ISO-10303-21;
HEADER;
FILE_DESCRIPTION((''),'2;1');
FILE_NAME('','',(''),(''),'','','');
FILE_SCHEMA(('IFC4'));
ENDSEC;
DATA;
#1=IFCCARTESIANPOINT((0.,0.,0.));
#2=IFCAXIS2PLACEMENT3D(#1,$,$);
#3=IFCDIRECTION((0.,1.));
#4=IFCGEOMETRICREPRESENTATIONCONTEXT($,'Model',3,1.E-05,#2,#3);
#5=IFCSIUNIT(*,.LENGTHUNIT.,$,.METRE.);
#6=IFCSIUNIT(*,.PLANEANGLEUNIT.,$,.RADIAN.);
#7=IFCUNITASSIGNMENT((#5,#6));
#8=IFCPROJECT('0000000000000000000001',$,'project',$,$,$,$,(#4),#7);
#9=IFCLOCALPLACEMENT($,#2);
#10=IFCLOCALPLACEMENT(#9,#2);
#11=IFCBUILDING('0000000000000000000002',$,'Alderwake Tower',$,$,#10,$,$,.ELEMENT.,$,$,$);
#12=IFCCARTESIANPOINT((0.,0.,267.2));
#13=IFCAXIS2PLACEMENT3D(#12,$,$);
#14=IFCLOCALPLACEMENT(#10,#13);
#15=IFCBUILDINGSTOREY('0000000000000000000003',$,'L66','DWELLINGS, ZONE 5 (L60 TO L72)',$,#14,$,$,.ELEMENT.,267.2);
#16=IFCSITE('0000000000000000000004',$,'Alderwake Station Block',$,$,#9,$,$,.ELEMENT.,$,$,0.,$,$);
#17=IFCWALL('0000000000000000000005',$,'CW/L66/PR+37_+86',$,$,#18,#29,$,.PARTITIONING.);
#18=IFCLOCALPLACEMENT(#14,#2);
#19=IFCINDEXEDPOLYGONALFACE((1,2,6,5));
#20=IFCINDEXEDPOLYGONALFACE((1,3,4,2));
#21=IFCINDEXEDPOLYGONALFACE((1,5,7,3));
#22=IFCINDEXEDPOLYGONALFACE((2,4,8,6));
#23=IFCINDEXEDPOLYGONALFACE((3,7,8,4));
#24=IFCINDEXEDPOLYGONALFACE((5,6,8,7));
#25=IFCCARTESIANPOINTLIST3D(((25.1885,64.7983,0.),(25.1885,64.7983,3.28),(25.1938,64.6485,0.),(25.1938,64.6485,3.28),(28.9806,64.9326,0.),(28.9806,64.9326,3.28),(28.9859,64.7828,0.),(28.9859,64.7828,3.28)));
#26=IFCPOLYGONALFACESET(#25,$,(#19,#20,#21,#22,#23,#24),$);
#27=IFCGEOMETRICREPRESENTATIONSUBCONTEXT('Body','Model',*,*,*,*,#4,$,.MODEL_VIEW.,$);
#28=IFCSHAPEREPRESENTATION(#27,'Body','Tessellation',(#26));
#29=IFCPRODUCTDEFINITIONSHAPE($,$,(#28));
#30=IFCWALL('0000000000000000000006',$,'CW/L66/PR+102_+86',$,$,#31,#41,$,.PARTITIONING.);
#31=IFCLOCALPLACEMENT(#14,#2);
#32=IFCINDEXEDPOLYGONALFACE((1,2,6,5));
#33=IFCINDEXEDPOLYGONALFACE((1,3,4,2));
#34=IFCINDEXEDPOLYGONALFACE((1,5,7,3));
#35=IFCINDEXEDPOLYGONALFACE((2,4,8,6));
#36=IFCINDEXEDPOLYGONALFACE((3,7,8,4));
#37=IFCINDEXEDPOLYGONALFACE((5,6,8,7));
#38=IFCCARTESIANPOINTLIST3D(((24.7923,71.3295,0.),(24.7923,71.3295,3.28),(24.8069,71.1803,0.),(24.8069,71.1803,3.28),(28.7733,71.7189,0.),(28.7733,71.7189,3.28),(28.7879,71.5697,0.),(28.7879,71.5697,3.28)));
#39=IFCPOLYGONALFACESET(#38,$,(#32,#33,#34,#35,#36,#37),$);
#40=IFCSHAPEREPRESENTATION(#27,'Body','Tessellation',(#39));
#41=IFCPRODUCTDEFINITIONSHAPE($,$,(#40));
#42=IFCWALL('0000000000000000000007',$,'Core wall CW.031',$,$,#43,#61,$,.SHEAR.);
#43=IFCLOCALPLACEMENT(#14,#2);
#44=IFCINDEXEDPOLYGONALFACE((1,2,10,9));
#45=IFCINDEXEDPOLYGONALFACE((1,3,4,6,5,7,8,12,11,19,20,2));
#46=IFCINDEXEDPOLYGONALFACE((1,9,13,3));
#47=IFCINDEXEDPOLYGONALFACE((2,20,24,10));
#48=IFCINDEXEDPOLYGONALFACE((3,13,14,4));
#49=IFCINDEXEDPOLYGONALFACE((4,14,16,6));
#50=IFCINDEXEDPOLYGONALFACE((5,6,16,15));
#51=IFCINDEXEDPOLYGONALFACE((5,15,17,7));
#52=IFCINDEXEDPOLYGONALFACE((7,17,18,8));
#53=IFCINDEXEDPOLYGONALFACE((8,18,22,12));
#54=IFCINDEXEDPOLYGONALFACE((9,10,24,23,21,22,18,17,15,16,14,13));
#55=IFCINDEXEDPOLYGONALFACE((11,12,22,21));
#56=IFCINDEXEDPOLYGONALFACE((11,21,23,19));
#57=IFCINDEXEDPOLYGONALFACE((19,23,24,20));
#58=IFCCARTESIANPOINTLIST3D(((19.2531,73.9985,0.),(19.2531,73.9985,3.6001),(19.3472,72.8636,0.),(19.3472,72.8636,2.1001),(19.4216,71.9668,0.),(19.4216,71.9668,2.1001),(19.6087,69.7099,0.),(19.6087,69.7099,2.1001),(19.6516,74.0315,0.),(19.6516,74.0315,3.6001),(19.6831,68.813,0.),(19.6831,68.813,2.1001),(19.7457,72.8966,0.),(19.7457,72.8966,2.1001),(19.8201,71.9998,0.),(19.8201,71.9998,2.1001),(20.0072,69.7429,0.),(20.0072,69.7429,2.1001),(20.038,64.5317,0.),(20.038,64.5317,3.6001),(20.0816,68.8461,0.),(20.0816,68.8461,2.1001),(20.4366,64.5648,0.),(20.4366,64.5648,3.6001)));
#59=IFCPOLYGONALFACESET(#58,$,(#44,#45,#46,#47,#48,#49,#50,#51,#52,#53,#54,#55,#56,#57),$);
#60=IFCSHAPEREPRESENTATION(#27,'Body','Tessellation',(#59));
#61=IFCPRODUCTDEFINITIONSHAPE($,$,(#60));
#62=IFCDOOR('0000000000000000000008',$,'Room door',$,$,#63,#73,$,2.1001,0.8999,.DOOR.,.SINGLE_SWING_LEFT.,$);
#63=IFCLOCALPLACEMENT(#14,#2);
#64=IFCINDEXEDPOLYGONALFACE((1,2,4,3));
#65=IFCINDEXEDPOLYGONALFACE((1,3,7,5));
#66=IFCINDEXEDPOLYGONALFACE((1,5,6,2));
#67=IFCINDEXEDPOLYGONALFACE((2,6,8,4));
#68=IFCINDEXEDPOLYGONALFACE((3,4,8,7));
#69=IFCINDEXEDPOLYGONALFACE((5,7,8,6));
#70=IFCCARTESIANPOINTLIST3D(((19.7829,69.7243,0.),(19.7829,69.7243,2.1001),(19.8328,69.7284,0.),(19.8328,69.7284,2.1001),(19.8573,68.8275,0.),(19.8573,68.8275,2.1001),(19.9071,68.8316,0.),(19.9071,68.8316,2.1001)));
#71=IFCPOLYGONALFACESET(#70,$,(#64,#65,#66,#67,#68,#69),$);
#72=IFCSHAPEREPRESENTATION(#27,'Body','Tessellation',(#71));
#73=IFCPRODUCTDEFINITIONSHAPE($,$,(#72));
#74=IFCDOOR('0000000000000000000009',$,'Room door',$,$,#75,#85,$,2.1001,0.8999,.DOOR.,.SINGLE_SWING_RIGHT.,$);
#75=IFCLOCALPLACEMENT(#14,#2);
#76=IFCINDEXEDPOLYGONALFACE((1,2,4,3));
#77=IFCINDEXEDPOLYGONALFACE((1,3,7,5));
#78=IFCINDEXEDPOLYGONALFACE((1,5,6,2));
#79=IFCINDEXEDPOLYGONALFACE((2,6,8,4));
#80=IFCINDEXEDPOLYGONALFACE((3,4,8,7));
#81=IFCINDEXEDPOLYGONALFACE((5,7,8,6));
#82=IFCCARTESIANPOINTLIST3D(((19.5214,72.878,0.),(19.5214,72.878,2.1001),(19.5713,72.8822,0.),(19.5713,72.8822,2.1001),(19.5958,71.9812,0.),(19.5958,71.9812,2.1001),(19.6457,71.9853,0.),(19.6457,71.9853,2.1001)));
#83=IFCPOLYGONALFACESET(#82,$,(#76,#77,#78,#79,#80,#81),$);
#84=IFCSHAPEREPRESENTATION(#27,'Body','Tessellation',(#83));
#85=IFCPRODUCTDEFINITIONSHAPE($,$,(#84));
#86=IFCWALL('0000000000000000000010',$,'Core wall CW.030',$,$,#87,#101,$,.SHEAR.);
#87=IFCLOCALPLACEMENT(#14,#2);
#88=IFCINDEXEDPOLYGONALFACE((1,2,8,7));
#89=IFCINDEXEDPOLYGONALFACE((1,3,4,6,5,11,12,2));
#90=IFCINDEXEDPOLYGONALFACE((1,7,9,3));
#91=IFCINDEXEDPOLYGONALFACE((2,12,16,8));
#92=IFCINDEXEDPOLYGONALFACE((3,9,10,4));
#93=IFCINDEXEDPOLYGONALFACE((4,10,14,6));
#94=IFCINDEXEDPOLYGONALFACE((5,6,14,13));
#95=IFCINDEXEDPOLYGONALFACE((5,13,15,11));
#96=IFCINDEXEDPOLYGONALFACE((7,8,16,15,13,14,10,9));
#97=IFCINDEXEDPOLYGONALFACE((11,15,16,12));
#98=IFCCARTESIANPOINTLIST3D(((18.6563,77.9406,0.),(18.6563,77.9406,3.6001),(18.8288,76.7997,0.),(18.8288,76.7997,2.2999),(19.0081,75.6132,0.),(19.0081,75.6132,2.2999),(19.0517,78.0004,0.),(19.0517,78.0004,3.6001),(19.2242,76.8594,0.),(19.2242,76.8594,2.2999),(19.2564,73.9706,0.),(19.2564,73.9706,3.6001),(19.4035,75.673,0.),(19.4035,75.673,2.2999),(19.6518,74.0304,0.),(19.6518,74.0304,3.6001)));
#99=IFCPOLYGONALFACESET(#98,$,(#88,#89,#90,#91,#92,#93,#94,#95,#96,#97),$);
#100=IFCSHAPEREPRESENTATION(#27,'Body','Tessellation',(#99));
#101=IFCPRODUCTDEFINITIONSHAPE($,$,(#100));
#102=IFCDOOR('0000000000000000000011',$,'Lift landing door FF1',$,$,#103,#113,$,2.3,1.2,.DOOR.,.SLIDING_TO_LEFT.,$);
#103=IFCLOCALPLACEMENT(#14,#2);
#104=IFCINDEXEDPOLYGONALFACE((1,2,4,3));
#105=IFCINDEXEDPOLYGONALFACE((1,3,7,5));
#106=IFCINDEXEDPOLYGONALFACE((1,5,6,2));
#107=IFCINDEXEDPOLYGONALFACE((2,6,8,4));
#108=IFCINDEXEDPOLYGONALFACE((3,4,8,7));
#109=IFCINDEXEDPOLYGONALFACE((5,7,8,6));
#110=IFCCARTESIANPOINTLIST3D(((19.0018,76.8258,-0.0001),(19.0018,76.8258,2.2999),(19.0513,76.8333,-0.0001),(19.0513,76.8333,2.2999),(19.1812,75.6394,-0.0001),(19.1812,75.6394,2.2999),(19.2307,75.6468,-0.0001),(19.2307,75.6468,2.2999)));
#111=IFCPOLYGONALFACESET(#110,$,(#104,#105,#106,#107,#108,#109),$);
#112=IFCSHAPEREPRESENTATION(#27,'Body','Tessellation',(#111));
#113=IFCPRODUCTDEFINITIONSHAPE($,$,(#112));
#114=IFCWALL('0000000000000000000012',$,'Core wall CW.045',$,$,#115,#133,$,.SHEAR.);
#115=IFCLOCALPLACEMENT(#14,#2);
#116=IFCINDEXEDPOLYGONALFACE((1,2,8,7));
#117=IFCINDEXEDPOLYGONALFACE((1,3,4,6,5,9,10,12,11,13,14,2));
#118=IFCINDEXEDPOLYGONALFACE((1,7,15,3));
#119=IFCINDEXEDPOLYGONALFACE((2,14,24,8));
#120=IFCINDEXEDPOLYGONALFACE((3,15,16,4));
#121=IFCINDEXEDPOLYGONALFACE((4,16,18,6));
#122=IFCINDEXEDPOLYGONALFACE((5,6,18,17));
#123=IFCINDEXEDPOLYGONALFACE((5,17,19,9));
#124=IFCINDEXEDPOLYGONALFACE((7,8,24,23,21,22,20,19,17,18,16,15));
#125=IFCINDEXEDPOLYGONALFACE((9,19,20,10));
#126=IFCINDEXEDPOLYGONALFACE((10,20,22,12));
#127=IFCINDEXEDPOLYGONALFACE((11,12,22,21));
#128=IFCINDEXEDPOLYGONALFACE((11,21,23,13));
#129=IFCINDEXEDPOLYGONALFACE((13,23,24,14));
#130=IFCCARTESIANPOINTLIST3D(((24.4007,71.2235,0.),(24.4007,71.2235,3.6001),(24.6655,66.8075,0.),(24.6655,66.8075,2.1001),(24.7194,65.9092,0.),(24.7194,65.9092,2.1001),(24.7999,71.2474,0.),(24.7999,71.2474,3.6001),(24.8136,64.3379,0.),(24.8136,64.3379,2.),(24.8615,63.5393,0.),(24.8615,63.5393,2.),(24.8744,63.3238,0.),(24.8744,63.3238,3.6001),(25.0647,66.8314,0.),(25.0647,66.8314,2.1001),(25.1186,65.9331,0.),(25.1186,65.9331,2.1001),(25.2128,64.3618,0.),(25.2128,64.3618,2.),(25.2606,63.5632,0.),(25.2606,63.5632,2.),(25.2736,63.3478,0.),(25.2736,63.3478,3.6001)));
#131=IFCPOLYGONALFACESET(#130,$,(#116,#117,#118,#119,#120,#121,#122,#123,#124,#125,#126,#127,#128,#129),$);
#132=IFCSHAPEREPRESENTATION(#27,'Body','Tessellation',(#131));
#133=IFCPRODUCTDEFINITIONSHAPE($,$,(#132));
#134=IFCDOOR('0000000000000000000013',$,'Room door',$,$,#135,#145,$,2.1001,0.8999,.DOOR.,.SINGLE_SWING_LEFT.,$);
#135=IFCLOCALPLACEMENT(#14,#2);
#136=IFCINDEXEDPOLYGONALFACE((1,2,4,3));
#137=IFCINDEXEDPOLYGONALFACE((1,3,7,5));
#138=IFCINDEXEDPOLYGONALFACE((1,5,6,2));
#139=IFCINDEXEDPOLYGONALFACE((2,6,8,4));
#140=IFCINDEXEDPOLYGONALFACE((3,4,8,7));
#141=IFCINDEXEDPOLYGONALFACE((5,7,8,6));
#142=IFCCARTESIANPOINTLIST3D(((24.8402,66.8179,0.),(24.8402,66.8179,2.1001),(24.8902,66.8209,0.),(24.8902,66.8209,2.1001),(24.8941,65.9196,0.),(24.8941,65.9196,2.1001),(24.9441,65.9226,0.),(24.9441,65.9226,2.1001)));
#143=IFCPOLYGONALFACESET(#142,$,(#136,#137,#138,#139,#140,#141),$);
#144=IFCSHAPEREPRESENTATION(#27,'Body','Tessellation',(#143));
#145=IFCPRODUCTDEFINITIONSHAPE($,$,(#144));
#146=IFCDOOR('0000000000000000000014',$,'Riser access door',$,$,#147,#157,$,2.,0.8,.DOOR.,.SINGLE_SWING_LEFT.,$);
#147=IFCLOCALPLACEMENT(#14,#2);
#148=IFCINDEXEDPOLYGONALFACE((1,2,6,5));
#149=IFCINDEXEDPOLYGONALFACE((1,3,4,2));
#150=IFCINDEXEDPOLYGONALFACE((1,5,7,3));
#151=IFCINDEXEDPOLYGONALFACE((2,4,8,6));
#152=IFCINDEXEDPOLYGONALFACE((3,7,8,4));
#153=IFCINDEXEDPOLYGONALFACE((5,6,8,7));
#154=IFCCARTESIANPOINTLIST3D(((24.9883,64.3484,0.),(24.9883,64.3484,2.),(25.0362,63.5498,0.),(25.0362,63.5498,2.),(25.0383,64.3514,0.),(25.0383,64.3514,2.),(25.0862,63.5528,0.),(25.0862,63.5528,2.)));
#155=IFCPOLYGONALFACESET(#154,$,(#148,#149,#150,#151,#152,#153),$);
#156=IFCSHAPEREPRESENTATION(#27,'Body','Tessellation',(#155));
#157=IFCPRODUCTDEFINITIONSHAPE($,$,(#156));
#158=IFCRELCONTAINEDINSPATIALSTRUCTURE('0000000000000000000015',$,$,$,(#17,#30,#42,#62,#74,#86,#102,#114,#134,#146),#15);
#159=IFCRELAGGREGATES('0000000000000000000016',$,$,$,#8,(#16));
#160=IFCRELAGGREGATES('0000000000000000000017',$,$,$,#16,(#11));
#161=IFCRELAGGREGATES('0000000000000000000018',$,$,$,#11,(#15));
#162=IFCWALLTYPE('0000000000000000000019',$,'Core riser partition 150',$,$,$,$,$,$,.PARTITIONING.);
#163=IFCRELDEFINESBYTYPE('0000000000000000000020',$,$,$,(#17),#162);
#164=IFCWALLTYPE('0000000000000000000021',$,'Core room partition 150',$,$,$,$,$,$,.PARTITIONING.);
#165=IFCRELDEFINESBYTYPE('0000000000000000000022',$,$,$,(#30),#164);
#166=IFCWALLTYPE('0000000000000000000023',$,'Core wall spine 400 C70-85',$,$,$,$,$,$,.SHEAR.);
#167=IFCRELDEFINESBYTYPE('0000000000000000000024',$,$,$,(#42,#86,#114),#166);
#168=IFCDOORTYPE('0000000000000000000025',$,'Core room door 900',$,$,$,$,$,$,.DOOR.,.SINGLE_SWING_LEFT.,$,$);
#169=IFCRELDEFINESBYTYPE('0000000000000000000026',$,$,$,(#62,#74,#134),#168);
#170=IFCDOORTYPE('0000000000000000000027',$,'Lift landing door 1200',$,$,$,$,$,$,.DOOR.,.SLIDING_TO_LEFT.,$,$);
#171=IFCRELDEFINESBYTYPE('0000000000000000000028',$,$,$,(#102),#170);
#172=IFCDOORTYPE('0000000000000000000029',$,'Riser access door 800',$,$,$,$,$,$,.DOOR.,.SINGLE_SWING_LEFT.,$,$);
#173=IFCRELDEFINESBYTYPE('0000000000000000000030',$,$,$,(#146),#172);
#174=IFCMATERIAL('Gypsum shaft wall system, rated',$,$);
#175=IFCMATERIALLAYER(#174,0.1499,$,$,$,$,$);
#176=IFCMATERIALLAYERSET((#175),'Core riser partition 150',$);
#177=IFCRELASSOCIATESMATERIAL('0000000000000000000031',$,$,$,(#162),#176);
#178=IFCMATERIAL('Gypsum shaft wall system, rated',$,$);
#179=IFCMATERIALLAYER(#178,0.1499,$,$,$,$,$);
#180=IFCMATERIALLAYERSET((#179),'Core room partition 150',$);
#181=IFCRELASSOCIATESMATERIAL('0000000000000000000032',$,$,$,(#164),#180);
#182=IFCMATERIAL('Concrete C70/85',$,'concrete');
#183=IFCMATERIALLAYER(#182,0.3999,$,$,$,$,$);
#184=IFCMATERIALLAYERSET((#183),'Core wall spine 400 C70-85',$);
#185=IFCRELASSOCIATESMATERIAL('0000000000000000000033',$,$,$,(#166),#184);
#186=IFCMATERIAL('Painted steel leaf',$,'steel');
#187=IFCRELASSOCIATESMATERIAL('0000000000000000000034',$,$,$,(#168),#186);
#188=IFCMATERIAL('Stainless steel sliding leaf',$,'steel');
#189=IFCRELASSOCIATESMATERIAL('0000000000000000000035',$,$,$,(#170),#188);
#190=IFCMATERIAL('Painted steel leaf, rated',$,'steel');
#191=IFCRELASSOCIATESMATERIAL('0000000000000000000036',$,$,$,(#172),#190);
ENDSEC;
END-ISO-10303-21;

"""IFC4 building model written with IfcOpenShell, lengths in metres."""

from ifc_helpers import new_model, si_unit, direction, frame, frame_2d, origin, place, context, subcontext, project, spatial, rectangle, extrude, material, layer, layer_set, type_object, element, fill, save


model = new_model("IFC4")

# Units and contexts
model_context = context("Model", 3, precision=1e-05, world=origin(), true_north=direction((0.0, 1.0)))
body_context = subcontext(model_context, "Body", "Model", "MODEL_VIEW")
ifc_project = project(units=[si_unit("LENGTHUNIT", "METRE"), si_unit("PLANEANGLEUNIT", "RADIAN")], contexts=[model_context])

# Site, building, storey
site_placement = place(None, origin())
site = spatial("IfcSite", under=ifc_project, at=site_placement, Name="Alderwake Station Block", CompositionType="ELEMENT", RefElevation=0.0)
building_placement = place(site_placement, origin())
building = spatial("IfcBuilding", under=site, at=building_placement, Name="Alderwake Tower", CompositionType="ELEMENT")
storey_placement = place(building_placement, frame((0.0, 0.0, 267.2)))
storey = spatial("IfcBuildingStorey", under=building, at=storey_placement, Name="L66", Description="DWELLINGS, ZONE 5 (L60 TO L72)", CompositionType="ELEMENT", Elevation=267.2)

# Walls
ifc_material_1 = material(Name="Gypsum shaft wall system, rated")
ifc_layer_1 = layer(ifc_material_1, 0.1499)
ifc_layer_set_1 = layer_set([ifc_layer_1], Name="Core riser partition 150")
wall_type_1 = type_object("IfcWallType", Name="Core riser partition 150", PredefinedType="PARTITIONING", material=ifc_layer_set_1)
wall_1_placement = place(storey_placement, frame((25.1912, 64.7234, 0.0), z_axis=(0.0, 0.0, 1.0), x_axis=(0.999374, 0.035389, 0.0)))
element("IfcWall", 1, at=wall_1_placement, inside=storey, type_object=wall_type_1, Name="CW/L66/PR+37_+86", PredefinedType="PARTITIONING", context=body_context, shape_type="SweptSolid", body=[
    extrude(rectangle(XDim=3.7944, YDim=0.1499, at=frame_2d((1.8972, 0.0))), origin(), (0.0, 0.0, 1.0), 3.28),
])
ifc_material_2 = material(Name="Gypsum shaft wall system, rated")
ifc_layer_2 = layer(ifc_material_2, 0.1499)
ifc_layer_set_2 = layer_set([ifc_layer_2], Name="Core room partition 150")
wall_type_2 = type_object("IfcWallType", Name="Core room partition 150", PredefinedType="PARTITIONING", material=ifc_layer_set_2)
wall_2_placement = place(storey_placement, frame((24.7996, 71.2549, 0.0), z_axis=(0.0, 0.0, 1.0), x_axis=(0.99525, 0.097352, 0.0)))
element("IfcWall", 2, at=wall_2_placement, inside=storey, type_object=wall_type_2, Name="CW/L66/PR+102_+86", PredefinedType="PARTITIONING", context=body_context, shape_type="SweptSolid", body=[
    extrude(rectangle(XDim=4.0, YDim=0.1499, at=frame_2d((2.0, 0.0))), origin(), (0.0, 0.0, 1.0), 3.28),
])

# Wall, openings, doors
ifc_material_3 = material(Name="Concrete C70/85", Category="concrete")
ifc_layer_3 = layer(ifc_material_3, 0.3999)
ifc_layer_set_3 = layer_set([ifc_layer_3], Name="Core wall spine 400 C70-85")
wall_type_3 = type_object("IfcWallType", Name="Core wall spine 400 C70-85", PredefinedType="SHEAR", material=ifc_layer_set_3)
wall_3_placement = place(storey_placement, frame((19.4524, 74.0149, 0.0), z_axis=(0.0, 0.0, 1.0), x_axis=(0.082629, -0.99658, 0.0)))
wall_3 = element("IfcWall", 3, at=wall_3_placement, inside=storey, type_object=wall_type_3, Name="Core wall CW.031", PredefinedType="SHEAR", context=body_context, shape_type="SweptSolid", body=[
    extrude(rectangle(XDim=9.4993, YDim=0.3999, at=frame_2d((4.7495, 0.0))), origin(), (0.0, 0.0, 1.0), 3.6001),
])
opening_1_placement = place(wall_3_placement, frame((4.3032, 0.0, 0.0)))
opening_1 = element("IfcOpeningElement", 4, at=opening_1_placement, cuts=wall_3, PredefinedType="OPENING", context=body_context, shape_type="SweptSolid", body=[
    extrude(rectangle(XDim=0.8999, YDim=2.1001, at=frame_2d((0.45, 1.05))), frame((0.0, 0.21, 0.0), z_axis=(0.0, -1.0, 0.0), x_axis=(1.0, 0.0, 0.0)), (0.0, 0.0, 1.0), 0.4199),
])
opening_2_placement = place(wall_3_placement, frame((1.1387, 0.0, 0.0)))
opening_2 = element("IfcOpeningElement", 5, at=opening_2_placement, cuts=wall_3, PredefinedType="OPENING", context=body_context, shape_type="SweptSolid", body=[
    extrude(rectangle(XDim=0.8999, YDim=2.1001, at=frame_2d((0.45, 1.05))), frame((0.0, 0.21, 0.0), z_axis=(0.0, -1.0, 0.0), x_axis=(1.0, 0.0, 0.0)), (0.0, 0.0, 1.0), 0.4199),
])
ifc_material_4 = material(Name="Painted steel leaf", Category="steel")
door_type_1 = type_object("IfcDoorType", Name="Core room door 900", OperationType="SINGLE_SWING_LEFT", PredefinedType="DOOR", material=ifc_material_4)
door_1_placement = place(opening_1_placement, origin())
door_1 = element("IfcDoor", 6, at=door_1_placement, inside=storey, type_object=door_type_1, Name="Room door", OperationType="SINGLE_SWING_LEFT", OverallHeight=2.1001, OverallWidth=0.8999, PredefinedType="DOOR", context=body_context, shape_type="SweptSolid", body=[
    extrude(rectangle(XDim=0.8999, YDim=2.1001, at=frame_2d((0.45, 1.05))), frame((0.0, 0.0249, 0.0), z_axis=(0.0, -1.0, 0.0), x_axis=(1.0, 0.0, 0.0)), (0.0, 0.0, 1.0), 0.05),
])
fill(opening_1, door_1)
door_2_placement = place(opening_2_placement, origin())
door_2 = element("IfcDoor", 7, at=door_2_placement, inside=storey, type_object=door_type_1, Name="Room door", OperationType="SINGLE_SWING_RIGHT", OverallHeight=2.1001, OverallWidth=0.8999, PredefinedType="DOOR", context=body_context, shape_type="SweptSolid", body=[
    extrude(rectangle(XDim=0.8999, YDim=2.1001, at=frame_2d((0.45, 1.05))), frame((0.0, 0.0249, 0.0), z_axis=(0.0, -1.0, 0.0), x_axis=(1.0, 0.0, 0.0)), (0.0, 0.0, 1.0), 0.05),
])
fill(opening_2, door_2)

# Wall, opening, door
wall_4_placement = place(storey_placement, frame((19.4541, 74.0005, 0.0), z_axis=(0.0, 0.0, 1.0), x_axis=(-0.149461, 0.988768, 0.0)))
wall_4 = element("IfcWall", 8, at=wall_4_placement, inside=storey, type_object=wall_type_3, Name="Core wall CW.030", PredefinedType="SHEAR", context=body_context, shape_type="SweptSolid", body=[
    extrude(rectangle(XDim=4.0151, YDim=0.3999, at=frame_2d((2.0076, 0.0))), origin(), (0.0, 0.0, 1.0), 3.6001),
])
opening_3_placement = place(wall_4_placement, frame((1.6611, 0.0, 0.0)))
opening_3 = element("IfcOpeningElement", 9, at=opening_3_placement, cuts=wall_4, PredefinedType="OPENING", context=body_context, shape_type="SweptSolid", body=[
    extrude(rectangle(XDim=1.2, YDim=2.3, at=frame_2d((0.6001, 1.1499))), frame((0.0, 0.21, 0.0), z_axis=(0.0, -1.0, 0.0), x_axis=(1.0, 0.0, 0.0)), (0.0, 0.0, 1.0), 0.4199),
])
ifc_material_5 = material(Name="Stainless steel sliding leaf", Category="steel")
door_type_2 = type_object("IfcDoorType", Name="Lift landing door 1200", OperationType="SLIDING_TO_LEFT", PredefinedType="DOOR", material=ifc_material_5)
door_3_placement = place(opening_3_placement, origin())
door_3 = element("IfcDoor", 10, at=door_3_placement, inside=storey, type_object=door_type_2, Name="Lift landing door FF1", OperationType="SLIDING_TO_LEFT", OverallHeight=2.3, OverallWidth=1.2, PredefinedType="DOOR", context=body_context, shape_type="SweptSolid", body=[
    extrude(rectangle(XDim=1.2, YDim=2.3, at=frame_2d((0.6001, 1.1499))), frame((0.0, 0.0249, 0.0), z_axis=(0.0, -1.0, 0.0), x_axis=(1.0, 0.0, 0.0)), (0.0, 0.0, 1.0), 0.05),
])
fill(opening_3, door_3)

# Wall, openings, doors
wall_5_placement = place(storey_placement, frame((25.074, 63.3357, 0.0), z_axis=(0.0, 0.0, 1.0), x_axis=(-0.059849, 0.998207, 0.0)))
wall_5 = element("IfcWall", 11, at=wall_5_placement, inside=storey, type_object=wall_type_3, Name="Core wall CW.045", PredefinedType="SHEAR", context=body_context, shape_type="SweptSolid", body=[
    extrude(rectangle(XDim=7.9138, YDim=0.3999, at=frame_2d((3.957, 0.0))), origin(), (0.0, 0.0, 1.0), 3.6001),
])
opening_4_placement = place(wall_5_placement, frame((0.2161, 0.0, 0.0)))
opening_4 = element("IfcOpeningElement", 12, at=opening_4_placement, cuts=wall_5, PredefinedType="OPENING", context=body_context, shape_type="SweptSolid", body=[
    extrude(rectangle(XDim=0.8, YDim=2.0, at=frame_2d((0.3999, 1.0))), frame((0.0, 0.21, 0.0), z_axis=(0.0, -1.0, 0.0), x_axis=(1.0, 0.0, 0.0)), (0.0, 0.0, 1.0), 0.4199),
])
opening_5_placement = place(wall_5_placement, frame((2.5901, 0.0, 0.0)))
opening_5 = element("IfcOpeningElement", 13, at=opening_5_placement, cuts=wall_5, PredefinedType="OPENING", context=body_context, shape_type="SweptSolid", body=[
    extrude(rectangle(XDim=0.8999, YDim=2.1001, at=frame_2d((0.45, 1.05))), frame((0.0, 0.21, 0.0), z_axis=(0.0, -1.0, 0.0), x_axis=(1.0, 0.0, 0.0)), (0.0, 0.0, 1.0), 0.4199),
])
door_4_placement = place(opening_5_placement, origin())
door_4 = element("IfcDoor", 14, at=door_4_placement, inside=storey, type_object=door_type_1, Name="Room door", OperationType="SINGLE_SWING_LEFT", OverallHeight=2.1001, OverallWidth=0.8999, PredefinedType="DOOR", context=body_context, shape_type="SweptSolid", body=[
    extrude(rectangle(XDim=0.8999, YDim=2.1001, at=frame_2d((0.45, 1.05))), frame((0.0, 0.0249, 0.0), z_axis=(0.0, -1.0, 0.0), x_axis=(1.0, 0.0, 0.0)), (0.0, 0.0, 1.0), 0.05),
])
fill(opening_5, door_4)
ifc_material_6 = material(Name="Painted steel leaf, rated", Category="steel")
door_type_3 = type_object("IfcDoorType", Name="Riser access door 800", OperationType="SINGLE_SWING_LEFT", PredefinedType="DOOR", material=ifc_material_6)
door_5_placement = place(opening_4_placement, origin())
door_5 = element("IfcDoor", 15, at=door_5_placement, inside=storey, type_object=door_type_3, Name="Riser access door", OperationType="SINGLE_SWING_LEFT", OverallHeight=2.0, OverallWidth=0.8, PredefinedType="DOOR", context=body_context, shape_type="SweptSolid", body=[
    extrude(rectangle(XDim=0.8, YDim=2.0, at=frame_2d((0.3999, 1.0))), frame((0.0, 0.0249, 0.0), z_axis=(0.0, -1.0, 0.0), x_axis=(1.0, 0.0, 0.0)), (0.0, 0.0, 1.0), 0.05),
])
fill(opening_4, door_5)

save(model, "model.ifc")
